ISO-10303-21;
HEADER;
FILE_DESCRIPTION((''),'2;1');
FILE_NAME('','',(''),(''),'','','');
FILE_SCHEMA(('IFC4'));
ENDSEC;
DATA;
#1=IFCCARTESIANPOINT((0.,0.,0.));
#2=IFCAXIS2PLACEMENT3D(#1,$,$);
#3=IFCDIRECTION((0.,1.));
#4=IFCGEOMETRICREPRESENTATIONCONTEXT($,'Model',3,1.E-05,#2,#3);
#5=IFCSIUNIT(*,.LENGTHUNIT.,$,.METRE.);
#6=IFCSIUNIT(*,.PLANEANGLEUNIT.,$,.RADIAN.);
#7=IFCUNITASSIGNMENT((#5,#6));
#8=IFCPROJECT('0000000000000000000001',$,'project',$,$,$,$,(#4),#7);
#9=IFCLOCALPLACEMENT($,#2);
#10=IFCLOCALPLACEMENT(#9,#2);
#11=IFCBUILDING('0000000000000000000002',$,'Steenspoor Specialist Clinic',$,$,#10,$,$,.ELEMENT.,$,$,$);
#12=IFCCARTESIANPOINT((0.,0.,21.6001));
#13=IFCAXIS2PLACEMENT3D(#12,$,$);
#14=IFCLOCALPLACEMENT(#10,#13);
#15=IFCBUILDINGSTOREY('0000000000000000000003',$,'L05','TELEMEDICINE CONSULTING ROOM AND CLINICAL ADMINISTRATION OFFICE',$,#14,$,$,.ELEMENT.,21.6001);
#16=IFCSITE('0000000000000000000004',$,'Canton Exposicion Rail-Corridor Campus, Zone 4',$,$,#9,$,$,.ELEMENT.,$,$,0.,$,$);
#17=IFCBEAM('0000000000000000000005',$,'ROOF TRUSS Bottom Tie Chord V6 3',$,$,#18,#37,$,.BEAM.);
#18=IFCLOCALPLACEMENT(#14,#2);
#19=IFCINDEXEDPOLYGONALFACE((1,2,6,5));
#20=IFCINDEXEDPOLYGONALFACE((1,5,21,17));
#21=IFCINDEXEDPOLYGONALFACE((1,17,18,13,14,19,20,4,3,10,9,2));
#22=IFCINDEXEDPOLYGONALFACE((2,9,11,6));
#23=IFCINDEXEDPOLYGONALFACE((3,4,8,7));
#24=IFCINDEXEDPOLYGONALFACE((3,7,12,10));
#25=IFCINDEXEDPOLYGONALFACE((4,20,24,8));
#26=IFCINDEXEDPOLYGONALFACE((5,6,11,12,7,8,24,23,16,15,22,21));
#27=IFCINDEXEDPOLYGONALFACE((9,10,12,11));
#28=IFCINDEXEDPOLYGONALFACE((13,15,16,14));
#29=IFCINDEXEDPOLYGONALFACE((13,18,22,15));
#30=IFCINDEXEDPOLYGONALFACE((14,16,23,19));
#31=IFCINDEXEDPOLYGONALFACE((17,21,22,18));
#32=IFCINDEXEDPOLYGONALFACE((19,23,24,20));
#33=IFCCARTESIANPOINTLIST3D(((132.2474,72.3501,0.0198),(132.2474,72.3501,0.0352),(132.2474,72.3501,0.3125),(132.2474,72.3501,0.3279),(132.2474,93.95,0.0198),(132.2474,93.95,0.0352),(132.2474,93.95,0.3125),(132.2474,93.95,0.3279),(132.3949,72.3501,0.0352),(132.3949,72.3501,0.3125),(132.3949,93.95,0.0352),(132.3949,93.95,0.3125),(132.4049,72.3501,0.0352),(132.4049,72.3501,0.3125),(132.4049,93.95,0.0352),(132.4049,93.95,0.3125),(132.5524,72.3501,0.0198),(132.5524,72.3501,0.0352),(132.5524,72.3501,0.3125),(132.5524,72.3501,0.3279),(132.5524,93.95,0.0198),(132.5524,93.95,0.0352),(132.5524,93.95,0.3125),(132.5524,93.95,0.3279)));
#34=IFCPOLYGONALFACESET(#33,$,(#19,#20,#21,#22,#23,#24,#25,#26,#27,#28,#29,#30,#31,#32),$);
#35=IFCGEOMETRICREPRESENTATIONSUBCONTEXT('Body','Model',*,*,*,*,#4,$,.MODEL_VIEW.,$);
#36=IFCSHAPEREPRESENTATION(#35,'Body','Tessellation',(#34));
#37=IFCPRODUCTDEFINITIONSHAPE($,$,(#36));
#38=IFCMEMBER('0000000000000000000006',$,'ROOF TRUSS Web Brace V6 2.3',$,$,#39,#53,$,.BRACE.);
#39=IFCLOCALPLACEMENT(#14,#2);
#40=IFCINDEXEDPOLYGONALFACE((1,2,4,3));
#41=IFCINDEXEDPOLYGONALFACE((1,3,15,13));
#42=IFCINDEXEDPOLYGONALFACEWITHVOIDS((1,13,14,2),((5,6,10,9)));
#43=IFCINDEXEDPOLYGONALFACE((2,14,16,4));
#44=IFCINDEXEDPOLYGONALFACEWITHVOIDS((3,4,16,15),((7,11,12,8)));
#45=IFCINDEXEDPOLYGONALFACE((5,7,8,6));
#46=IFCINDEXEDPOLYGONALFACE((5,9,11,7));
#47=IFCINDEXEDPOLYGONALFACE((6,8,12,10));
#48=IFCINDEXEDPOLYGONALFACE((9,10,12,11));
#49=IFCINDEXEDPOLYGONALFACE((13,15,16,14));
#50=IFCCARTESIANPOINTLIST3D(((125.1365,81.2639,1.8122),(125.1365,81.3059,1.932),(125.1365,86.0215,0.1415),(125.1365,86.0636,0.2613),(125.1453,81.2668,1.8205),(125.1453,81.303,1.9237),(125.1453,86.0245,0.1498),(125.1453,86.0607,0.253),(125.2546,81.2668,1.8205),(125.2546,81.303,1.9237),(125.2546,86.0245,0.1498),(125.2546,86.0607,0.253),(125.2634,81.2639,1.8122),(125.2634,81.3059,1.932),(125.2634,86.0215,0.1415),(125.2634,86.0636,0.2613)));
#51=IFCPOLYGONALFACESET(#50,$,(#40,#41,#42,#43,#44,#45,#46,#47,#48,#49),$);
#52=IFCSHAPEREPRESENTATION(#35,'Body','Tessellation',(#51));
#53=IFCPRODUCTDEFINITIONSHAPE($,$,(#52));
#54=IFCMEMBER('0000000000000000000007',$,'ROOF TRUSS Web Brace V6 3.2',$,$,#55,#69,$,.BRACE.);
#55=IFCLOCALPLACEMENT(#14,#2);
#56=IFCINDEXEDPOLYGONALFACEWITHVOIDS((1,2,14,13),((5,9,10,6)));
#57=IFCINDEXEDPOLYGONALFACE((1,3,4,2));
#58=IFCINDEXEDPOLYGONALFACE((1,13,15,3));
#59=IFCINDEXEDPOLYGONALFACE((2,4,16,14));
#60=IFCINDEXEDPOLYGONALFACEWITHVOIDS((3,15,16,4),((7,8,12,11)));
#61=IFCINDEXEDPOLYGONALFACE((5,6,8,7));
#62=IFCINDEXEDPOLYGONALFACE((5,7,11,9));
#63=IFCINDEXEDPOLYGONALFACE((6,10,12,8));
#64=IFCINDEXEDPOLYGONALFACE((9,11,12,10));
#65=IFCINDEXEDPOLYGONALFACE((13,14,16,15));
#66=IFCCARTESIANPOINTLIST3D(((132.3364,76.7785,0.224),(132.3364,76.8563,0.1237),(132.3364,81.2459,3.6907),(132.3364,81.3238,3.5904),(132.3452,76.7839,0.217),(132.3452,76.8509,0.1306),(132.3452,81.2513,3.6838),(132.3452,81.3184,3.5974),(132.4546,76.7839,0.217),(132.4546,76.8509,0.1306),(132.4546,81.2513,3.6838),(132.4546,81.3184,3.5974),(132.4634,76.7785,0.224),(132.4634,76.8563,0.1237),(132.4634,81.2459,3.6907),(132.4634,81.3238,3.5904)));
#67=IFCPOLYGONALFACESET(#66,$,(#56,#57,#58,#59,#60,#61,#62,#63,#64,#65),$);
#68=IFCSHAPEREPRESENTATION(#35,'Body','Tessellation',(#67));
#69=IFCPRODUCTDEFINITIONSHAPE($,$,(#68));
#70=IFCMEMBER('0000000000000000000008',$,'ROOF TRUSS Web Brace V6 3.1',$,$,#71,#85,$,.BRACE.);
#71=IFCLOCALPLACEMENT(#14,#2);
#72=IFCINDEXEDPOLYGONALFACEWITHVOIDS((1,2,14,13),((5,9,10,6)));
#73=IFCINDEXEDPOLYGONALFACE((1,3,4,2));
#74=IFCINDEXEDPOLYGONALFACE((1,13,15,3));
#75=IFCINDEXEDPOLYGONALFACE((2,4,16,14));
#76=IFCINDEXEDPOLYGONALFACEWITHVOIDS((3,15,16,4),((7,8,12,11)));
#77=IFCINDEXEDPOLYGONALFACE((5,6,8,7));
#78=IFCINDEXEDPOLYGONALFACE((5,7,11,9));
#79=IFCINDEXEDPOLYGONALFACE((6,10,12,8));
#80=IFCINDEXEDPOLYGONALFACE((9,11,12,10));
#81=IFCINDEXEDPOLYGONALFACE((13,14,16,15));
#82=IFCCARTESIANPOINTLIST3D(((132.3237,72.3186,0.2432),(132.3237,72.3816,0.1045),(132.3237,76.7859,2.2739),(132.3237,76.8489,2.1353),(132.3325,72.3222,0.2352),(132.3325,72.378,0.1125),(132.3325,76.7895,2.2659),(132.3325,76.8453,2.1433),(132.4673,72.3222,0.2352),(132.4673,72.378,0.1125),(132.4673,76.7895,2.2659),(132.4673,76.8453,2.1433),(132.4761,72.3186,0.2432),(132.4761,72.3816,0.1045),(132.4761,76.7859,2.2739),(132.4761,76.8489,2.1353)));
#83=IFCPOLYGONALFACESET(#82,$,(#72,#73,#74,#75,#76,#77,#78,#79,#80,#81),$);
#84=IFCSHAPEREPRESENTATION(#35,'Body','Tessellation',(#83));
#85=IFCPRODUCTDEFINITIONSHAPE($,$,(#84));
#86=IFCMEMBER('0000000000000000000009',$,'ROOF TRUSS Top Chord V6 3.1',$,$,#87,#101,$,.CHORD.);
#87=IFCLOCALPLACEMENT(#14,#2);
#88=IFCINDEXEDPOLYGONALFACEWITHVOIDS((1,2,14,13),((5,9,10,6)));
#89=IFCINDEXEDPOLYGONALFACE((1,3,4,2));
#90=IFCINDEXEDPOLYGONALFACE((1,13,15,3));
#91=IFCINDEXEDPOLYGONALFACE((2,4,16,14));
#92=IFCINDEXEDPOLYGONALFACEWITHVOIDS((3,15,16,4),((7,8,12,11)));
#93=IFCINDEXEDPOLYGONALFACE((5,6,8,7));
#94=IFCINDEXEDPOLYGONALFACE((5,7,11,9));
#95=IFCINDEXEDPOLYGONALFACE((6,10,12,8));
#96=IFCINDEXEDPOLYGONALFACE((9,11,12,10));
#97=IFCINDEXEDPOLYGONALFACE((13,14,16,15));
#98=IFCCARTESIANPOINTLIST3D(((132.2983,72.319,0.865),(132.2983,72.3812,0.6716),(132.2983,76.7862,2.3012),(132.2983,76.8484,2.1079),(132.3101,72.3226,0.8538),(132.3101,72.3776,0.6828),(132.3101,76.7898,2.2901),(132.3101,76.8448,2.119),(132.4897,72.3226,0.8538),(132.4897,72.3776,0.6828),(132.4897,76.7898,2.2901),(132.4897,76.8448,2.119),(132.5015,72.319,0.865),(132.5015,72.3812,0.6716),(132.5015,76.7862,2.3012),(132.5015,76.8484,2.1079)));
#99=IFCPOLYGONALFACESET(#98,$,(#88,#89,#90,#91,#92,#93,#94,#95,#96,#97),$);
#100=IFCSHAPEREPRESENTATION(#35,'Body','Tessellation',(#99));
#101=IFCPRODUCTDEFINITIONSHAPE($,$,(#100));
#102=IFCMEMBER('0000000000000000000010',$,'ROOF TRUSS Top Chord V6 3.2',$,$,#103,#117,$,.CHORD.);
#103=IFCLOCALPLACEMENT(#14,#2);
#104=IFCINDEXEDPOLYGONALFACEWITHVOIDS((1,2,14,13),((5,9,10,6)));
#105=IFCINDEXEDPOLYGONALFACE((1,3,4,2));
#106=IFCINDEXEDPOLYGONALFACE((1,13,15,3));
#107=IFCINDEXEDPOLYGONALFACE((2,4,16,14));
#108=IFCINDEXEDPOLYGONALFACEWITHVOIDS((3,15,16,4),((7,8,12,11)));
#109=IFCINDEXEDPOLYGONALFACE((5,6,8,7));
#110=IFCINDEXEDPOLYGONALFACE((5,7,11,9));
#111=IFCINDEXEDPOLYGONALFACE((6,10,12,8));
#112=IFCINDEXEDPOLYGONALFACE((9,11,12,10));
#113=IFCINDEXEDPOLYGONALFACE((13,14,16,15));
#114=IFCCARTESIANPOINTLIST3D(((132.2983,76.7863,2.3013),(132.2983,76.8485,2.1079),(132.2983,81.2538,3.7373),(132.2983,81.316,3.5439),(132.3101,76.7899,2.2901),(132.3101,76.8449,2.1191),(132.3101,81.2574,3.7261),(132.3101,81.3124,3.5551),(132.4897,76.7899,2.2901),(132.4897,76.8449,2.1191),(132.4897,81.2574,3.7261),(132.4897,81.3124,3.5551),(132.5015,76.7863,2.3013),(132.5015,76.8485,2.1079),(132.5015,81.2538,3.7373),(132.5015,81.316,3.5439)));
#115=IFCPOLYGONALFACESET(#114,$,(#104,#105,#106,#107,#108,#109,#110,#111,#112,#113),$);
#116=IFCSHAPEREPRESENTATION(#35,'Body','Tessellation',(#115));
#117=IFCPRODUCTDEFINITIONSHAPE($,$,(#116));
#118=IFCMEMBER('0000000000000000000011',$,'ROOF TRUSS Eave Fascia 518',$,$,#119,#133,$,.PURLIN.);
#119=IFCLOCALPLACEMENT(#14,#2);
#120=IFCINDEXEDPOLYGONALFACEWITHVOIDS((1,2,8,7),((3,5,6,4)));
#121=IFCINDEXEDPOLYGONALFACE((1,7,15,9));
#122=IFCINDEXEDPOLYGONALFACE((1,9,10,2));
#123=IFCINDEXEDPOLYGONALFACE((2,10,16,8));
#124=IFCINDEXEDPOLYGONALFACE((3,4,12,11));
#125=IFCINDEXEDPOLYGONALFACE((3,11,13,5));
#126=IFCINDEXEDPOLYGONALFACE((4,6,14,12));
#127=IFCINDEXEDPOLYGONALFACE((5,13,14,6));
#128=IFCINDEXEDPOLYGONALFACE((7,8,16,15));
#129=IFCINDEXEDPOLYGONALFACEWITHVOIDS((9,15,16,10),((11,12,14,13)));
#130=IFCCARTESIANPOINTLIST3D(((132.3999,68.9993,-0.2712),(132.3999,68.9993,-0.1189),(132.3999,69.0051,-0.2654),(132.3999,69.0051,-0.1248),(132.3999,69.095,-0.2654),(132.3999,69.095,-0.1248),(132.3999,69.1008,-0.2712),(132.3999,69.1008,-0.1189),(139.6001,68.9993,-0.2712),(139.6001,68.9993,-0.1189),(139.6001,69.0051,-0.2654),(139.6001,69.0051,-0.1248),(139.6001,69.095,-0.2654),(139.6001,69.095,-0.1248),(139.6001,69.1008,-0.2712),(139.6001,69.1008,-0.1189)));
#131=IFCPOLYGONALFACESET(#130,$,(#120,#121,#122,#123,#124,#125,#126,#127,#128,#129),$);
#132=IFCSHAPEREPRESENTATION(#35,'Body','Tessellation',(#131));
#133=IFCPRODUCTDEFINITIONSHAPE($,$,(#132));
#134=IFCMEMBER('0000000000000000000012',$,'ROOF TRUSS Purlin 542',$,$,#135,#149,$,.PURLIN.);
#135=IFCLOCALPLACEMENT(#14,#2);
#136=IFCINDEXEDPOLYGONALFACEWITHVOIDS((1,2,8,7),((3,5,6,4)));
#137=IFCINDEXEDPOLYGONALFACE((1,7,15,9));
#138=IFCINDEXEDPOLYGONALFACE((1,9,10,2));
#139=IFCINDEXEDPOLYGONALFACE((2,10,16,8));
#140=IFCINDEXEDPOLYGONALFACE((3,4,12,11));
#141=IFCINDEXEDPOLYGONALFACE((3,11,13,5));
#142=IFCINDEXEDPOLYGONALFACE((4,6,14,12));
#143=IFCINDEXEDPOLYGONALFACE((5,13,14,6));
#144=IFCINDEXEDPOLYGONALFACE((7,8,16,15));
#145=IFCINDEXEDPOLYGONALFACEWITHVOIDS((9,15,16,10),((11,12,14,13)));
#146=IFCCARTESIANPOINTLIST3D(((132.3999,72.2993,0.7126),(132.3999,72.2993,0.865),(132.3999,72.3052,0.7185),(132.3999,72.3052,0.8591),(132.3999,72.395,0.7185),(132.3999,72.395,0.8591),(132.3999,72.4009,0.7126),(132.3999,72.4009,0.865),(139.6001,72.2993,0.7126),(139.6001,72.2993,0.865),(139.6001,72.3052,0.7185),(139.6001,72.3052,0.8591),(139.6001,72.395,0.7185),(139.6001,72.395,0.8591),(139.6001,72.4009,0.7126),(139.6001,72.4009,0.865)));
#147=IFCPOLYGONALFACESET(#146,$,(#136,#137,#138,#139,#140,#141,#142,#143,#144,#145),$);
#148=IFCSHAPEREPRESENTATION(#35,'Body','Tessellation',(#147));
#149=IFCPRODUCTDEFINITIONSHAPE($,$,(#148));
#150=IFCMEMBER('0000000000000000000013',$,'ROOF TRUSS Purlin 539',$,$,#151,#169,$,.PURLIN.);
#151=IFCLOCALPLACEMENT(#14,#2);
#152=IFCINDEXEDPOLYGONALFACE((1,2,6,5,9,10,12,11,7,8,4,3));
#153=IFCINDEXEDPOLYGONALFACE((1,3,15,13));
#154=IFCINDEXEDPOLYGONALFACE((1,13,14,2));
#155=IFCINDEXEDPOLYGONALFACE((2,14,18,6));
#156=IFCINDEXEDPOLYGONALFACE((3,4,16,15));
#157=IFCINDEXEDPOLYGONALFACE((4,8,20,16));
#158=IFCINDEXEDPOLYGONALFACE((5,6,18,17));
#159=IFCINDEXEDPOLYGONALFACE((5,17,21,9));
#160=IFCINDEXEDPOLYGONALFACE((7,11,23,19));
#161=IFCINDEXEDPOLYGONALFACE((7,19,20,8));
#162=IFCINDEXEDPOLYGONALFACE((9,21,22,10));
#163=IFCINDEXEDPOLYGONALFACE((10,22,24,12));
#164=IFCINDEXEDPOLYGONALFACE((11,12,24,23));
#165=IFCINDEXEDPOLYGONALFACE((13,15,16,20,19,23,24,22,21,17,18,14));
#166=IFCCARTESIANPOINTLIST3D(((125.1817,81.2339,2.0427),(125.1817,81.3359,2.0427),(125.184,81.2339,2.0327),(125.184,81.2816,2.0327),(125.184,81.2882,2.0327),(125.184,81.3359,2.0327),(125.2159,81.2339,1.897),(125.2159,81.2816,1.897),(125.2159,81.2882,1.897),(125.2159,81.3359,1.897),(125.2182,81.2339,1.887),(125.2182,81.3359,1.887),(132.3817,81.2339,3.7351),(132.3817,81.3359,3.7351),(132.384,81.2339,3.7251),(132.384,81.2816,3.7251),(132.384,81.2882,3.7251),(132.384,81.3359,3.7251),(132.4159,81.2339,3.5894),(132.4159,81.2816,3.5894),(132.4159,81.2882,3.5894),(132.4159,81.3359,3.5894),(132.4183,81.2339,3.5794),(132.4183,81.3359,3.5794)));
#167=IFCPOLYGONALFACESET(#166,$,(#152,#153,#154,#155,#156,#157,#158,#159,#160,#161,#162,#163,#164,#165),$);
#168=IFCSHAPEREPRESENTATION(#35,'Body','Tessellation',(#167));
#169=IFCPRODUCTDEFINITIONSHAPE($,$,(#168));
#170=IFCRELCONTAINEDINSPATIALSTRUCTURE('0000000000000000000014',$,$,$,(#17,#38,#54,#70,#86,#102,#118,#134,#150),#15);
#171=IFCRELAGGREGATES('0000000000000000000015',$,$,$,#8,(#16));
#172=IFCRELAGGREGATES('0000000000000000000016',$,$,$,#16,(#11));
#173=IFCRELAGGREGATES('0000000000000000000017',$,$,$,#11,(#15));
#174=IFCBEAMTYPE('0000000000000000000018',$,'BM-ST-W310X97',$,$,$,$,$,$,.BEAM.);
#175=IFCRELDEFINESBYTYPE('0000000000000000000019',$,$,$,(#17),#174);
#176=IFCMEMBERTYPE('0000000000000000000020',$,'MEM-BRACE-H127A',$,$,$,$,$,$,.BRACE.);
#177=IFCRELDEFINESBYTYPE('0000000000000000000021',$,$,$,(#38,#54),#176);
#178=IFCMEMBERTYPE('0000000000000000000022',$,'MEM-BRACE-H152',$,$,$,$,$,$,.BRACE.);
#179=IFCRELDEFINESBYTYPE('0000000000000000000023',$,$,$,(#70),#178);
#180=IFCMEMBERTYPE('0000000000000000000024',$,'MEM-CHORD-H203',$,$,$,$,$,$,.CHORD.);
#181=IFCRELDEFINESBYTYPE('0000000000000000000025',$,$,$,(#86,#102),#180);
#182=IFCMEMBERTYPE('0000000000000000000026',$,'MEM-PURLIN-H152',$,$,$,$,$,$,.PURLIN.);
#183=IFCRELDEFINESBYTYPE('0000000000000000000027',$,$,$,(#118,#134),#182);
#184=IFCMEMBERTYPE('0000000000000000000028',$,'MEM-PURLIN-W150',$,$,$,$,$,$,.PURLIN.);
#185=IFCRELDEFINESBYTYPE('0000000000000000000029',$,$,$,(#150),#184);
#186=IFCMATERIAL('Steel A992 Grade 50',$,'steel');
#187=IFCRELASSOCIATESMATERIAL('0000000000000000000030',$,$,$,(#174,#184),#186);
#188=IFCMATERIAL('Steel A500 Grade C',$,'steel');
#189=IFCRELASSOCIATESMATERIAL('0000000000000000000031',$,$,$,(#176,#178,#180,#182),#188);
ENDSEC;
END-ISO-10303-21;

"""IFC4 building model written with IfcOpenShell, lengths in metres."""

from ifc_helpers import new_model, si_unit, direction, frame, origin, origin_2d, place, context, subcontext, project, spatial, hollow_rectangle, i_section, extrude, material, material_profile, profile_set, type_object, element, save


model = new_model("IFC4")

# Units and contexts
model_context = context("Model", 3, precision=1e-05, world=origin(), true_north=direction((0.0, 1.0)))
body_context = subcontext(model_context, "Body", "Model", "MODEL_VIEW")
ifc_project = project(units=[si_unit("LENGTHUNIT", "METRE"), si_unit("PLANEANGLEUNIT", "RADIAN")], contexts=[model_context])

# Site, building, storey
site_placement = place(None, origin())
site = spatial("IfcSite", under=ifc_project, at=site_placement, Name="Canton Exposicion Rail-Corridor Campus, Zone 4", CompositionType="ELEMENT", RefElevation=0.0)
building_placement = place(site_placement, origin())
building = spatial("IfcBuilding", under=site, at=building_placement, Name="Steenspoor Specialist Clinic", CompositionType="ELEMENT")
storey_placement = place(building_placement, frame((0.0, 0.0, 21.6001)))
storey = spatial("IfcBuildingStorey", under=building, at=storey_placement, Name="L05", Description="TELEMEDICINE CONSULTING ROOM AND CLINICAL ADMINISTRATION OFFICE", CompositionType="ELEMENT", Elevation=21.6001)

# Beam
ifc_material_1 = material(Name="Steel A992 Grade 50", Category="steel")
ifc_material_profile_1 = material_profile(ifc_material_1, i_section(OverallWidth=0.3049, OverallDepth=0.3081, WebThickness=0.01, FlangeThickness=0.0154, at=origin_2d()), Name="W310X97")
ifc_profile_set_1 = profile_set([ifc_material_profile_1], Name="Steel A992 Grade 50")
beam_type = type_object("IfcBeamType", Name="BM-ST-W310X97", PredefinedType="BEAM", material=ifc_profile_set_1)
beam_placement = place(storey_placement, frame((132.3999, 72.3501, 0.1738), z_axis=(0.0, 1.0, 0.0), x_axis=(-1.0, 0.0, 0.0)))
element("IfcBeam", 1, at=beam_placement, inside=storey, type_object=beam_type, Name="ROOF TRUSS Bottom Tie Chord V6 3", PredefinedType="BEAM", context=body_context, shape_type="SweptSolid", body=[
    extrude(i_section(OverallWidth=0.3049, OverallDepth=0.3081, WebThickness=0.01, FlangeThickness=0.0154, at=origin_2d()), origin(), (0.0, 0.0, 1.0), 21.5999),
])

# Members
ifc_material_2 = material(Name="Steel A500 Grade C", Category="steel")
ifc_material_profile_2 = material_profile(ifc_material_2, hollow_rectangle(XDim=0.127, YDim=0.127, WallThickness=0.0088, at=origin_2d()), Name="HSS127X127X9.5")
ifc_profile_set_2 = profile_set([ifc_material_profile_2], Name="Steel A500 Grade C")
member_type_1 = type_object("IfcMemberType", Name="MEM-BRACE-H127A", PredefinedType="BRACE", material=ifc_profile_set_2)
member_1_placement = place(storey_placement, frame((125.2, 81.2849, 1.8721), z_axis=(0.0, 0.943517, -0.331323), x_axis=(-1.0, 0.0, 0.0)))
element("IfcMember", 2, at=member_1_placement, inside=storey, type_object=member_type_1, Name="ROOF TRUSS Web Brace V6 2.3", PredefinedType="BRACE", context=body_context, shape_type="SweptSolid", body=[
    extrude(hollow_rectangle(XDim=0.127, YDim=0.127, WallThickness=0.0088, at=origin_2d()), origin(), (0.0, 0.0, 1.0), 5.0425),
])
member_2_placement = place(storey_placement, frame((132.3999, 76.8174, 0.1738), z_axis=(0.0, 0.790033, 0.613064), x_axis=(-1.0, 0.0, 0.0)))
element("IfcMember", 3, at=member_2_placement, inside=storey, type_object=member_type_1, Name="ROOF TRUSS Web Brace V6 3.2", PredefinedType="BRACE", context=body_context, shape_type="SweptSolid", body=[
    extrude(hollow_rectangle(XDim=0.127, YDim=0.127, WallThickness=0.0088, at=origin_2d()), origin(), (0.0, 0.0, 1.0), 5.6548),
])
ifc_material_profile_3 = material_profile(ifc_material_2, hollow_rectangle(XDim=0.1523, YDim=0.1523, WallThickness=0.0088, at=origin_2d()), Name="HSS152X152X9.5")
ifc_profile_set_3 = profile_set([ifc_material_profile_3], Name="Steel A500 Grade C")
member_type_2 = type_object("IfcMemberType", Name="MEM-BRACE-H152", PredefinedType="BRACE", material=ifc_profile_set_3)
member_3_placement = place(storey_placement, frame((132.3999, 72.3501, 0.1738), z_axis=(0.0, 0.910353, 0.413833), x_axis=(-1.0, 0.0, 0.0)))
element("IfcMember", 4, at=member_3_placement, inside=storey, type_object=member_type_2, Name="ROOF TRUSS Web Brace V6 3.1", PredefinedType="BRACE", context=body_context, shape_type="SweptSolid", body=[
    extrude(hollow_rectangle(XDim=0.1523, YDim=0.1523, WallThickness=0.0088, at=origin_2d()), origin(), (0.0, 0.0, 1.0), 4.9072),
])
ifc_material_profile_4 = material_profile(ifc_material_2, hollow_rectangle(XDim=0.2031, YDim=0.2031, WallThickness=0.0117, at=origin_2d()), Name="HSS203X203X12.7")
ifc_profile_set_4 = profile_set([ifc_material_profile_4], Name="Steel A500 Grade C")
member_type_3 = type_object("IfcMemberType", Name="MEM-CHORD-H203", PredefinedType="CHORD", material=ifc_profile_set_4)
member_4_placement = place(storey_placement, frame((132.3999, 72.3501, 0.7683), z_axis=(0.0, 0.952006, 0.30608), x_axis=(-1.0, 0.0, 0.0)))
element("IfcMember", 5, at=member_4_placement, inside=storey, type_object=member_type_3, Name="ROOF TRUSS Top Chord V6 3.1", PredefinedType="CHORD", context=body_context, shape_type="SweptSolid", body=[
    extrude(hollow_rectangle(XDim=0.2031, YDim=0.2031, WallThickness=0.0117, at=origin_2d()), origin(), (0.0, 0.0, 1.0), 4.6924),
])
member_5_placement = place(storey_placement, frame((132.3999, 76.8174, 2.2046), z_axis=(0.0, 0.952026, 0.306018), x_axis=(-1.0, 0.0, 0.0)))
element("IfcMember", 6, at=member_5_placement, inside=storey, type_object=member_type_3, Name="ROOF TRUSS Top Chord V6 3.2", PredefinedType="CHORD", context=body_context, shape_type="SweptSolid", body=[
    extrude(hollow_rectangle(XDim=0.2031, YDim=0.2031, WallThickness=0.0117, at=origin_2d()), origin(), (0.0, 0.0, 1.0), 4.6926),
])
ifc_material_profile_5 = material_profile(ifc_material_2, hollow_rectangle(XDim=0.1016, YDim=0.1523, WallThickness=0.0059, at=origin_2d()), Name="HSS152X102X6.4")
ifc_profile_set_5 = profile_set([ifc_material_profile_5], Name="Steel A500 Grade C")
member_type_4 = type_object("IfcMemberType", Name="MEM-PURLIN-H152", PredefinedType="PURLIN", material=ifc_profile_set_5)
for number, where, z_axis, x_axis, name in (
    (7, (132.3999, 69.05, -0.1951), (1.0, 0.0, 0.0), (0.0, 1.0, 0.0), "ROOF TRUSS Eave Fascia 518"),
    (8, (132.3999, 72.3501, 0.7888), (1.0, 0.0, 0.0), (0.0, 1.0, 0.0), "ROOF TRUSS Purlin 542"),
):
    element("IfcMember", number, at=place(storey_placement, frame(where, z_axis=z_axis, x_axis=x_axis)), inside=storey, type_object=member_type_4, Name=name, PredefinedType="PURLIN", context=body_context, shape_type="SweptSolid", body=[
        extrude(hollow_rectangle(XDim=0.1016, YDim=0.1523, WallThickness=0.0059, at=origin_2d()), origin(), (0.0, 0.0, 1.0), 7.2002),
    ])
ifc_material_profile_6 = material_profile(ifc_material_1, i_section(OverallWidth=0.1021, OverallDepth=0.1599, WebThickness=0.0066, FlangeThickness=0.0103, at=origin_2d()), Name="W150X24")
ifc_profile_set_6 = profile_set([ifc_material_profile_6], Name="Steel A992 Grade 50")
member_type_5 = type_object("IfcMemberType", Name="MEM-PURLIN-W150", PredefinedType="PURLIN", material=ifc_profile_set_6)
member_6_placement = place(storey_placement, frame((125.2, 81.2849, 1.9648), z_axis=(0.973469, 0.0, 0.228819), x_axis=(0.0, 1.0, 0.0)))
element("IfcMember", 9, at=member_6_placement, inside=storey, type_object=member_type_5, Name="ROOF TRUSS Purlin 539", PredefinedType="PURLIN", context=body_context, shape_type="SweptSolid", body=[
    extrude(i_section(OverallWidth=0.1021, OverallDepth=0.1599, WebThickness=0.0066, FlangeThickness=0.0103, at=origin_2d()), origin(), (0.0, 0.0, 1.0), 7.3962),
])

save(model, "model.ifc")
